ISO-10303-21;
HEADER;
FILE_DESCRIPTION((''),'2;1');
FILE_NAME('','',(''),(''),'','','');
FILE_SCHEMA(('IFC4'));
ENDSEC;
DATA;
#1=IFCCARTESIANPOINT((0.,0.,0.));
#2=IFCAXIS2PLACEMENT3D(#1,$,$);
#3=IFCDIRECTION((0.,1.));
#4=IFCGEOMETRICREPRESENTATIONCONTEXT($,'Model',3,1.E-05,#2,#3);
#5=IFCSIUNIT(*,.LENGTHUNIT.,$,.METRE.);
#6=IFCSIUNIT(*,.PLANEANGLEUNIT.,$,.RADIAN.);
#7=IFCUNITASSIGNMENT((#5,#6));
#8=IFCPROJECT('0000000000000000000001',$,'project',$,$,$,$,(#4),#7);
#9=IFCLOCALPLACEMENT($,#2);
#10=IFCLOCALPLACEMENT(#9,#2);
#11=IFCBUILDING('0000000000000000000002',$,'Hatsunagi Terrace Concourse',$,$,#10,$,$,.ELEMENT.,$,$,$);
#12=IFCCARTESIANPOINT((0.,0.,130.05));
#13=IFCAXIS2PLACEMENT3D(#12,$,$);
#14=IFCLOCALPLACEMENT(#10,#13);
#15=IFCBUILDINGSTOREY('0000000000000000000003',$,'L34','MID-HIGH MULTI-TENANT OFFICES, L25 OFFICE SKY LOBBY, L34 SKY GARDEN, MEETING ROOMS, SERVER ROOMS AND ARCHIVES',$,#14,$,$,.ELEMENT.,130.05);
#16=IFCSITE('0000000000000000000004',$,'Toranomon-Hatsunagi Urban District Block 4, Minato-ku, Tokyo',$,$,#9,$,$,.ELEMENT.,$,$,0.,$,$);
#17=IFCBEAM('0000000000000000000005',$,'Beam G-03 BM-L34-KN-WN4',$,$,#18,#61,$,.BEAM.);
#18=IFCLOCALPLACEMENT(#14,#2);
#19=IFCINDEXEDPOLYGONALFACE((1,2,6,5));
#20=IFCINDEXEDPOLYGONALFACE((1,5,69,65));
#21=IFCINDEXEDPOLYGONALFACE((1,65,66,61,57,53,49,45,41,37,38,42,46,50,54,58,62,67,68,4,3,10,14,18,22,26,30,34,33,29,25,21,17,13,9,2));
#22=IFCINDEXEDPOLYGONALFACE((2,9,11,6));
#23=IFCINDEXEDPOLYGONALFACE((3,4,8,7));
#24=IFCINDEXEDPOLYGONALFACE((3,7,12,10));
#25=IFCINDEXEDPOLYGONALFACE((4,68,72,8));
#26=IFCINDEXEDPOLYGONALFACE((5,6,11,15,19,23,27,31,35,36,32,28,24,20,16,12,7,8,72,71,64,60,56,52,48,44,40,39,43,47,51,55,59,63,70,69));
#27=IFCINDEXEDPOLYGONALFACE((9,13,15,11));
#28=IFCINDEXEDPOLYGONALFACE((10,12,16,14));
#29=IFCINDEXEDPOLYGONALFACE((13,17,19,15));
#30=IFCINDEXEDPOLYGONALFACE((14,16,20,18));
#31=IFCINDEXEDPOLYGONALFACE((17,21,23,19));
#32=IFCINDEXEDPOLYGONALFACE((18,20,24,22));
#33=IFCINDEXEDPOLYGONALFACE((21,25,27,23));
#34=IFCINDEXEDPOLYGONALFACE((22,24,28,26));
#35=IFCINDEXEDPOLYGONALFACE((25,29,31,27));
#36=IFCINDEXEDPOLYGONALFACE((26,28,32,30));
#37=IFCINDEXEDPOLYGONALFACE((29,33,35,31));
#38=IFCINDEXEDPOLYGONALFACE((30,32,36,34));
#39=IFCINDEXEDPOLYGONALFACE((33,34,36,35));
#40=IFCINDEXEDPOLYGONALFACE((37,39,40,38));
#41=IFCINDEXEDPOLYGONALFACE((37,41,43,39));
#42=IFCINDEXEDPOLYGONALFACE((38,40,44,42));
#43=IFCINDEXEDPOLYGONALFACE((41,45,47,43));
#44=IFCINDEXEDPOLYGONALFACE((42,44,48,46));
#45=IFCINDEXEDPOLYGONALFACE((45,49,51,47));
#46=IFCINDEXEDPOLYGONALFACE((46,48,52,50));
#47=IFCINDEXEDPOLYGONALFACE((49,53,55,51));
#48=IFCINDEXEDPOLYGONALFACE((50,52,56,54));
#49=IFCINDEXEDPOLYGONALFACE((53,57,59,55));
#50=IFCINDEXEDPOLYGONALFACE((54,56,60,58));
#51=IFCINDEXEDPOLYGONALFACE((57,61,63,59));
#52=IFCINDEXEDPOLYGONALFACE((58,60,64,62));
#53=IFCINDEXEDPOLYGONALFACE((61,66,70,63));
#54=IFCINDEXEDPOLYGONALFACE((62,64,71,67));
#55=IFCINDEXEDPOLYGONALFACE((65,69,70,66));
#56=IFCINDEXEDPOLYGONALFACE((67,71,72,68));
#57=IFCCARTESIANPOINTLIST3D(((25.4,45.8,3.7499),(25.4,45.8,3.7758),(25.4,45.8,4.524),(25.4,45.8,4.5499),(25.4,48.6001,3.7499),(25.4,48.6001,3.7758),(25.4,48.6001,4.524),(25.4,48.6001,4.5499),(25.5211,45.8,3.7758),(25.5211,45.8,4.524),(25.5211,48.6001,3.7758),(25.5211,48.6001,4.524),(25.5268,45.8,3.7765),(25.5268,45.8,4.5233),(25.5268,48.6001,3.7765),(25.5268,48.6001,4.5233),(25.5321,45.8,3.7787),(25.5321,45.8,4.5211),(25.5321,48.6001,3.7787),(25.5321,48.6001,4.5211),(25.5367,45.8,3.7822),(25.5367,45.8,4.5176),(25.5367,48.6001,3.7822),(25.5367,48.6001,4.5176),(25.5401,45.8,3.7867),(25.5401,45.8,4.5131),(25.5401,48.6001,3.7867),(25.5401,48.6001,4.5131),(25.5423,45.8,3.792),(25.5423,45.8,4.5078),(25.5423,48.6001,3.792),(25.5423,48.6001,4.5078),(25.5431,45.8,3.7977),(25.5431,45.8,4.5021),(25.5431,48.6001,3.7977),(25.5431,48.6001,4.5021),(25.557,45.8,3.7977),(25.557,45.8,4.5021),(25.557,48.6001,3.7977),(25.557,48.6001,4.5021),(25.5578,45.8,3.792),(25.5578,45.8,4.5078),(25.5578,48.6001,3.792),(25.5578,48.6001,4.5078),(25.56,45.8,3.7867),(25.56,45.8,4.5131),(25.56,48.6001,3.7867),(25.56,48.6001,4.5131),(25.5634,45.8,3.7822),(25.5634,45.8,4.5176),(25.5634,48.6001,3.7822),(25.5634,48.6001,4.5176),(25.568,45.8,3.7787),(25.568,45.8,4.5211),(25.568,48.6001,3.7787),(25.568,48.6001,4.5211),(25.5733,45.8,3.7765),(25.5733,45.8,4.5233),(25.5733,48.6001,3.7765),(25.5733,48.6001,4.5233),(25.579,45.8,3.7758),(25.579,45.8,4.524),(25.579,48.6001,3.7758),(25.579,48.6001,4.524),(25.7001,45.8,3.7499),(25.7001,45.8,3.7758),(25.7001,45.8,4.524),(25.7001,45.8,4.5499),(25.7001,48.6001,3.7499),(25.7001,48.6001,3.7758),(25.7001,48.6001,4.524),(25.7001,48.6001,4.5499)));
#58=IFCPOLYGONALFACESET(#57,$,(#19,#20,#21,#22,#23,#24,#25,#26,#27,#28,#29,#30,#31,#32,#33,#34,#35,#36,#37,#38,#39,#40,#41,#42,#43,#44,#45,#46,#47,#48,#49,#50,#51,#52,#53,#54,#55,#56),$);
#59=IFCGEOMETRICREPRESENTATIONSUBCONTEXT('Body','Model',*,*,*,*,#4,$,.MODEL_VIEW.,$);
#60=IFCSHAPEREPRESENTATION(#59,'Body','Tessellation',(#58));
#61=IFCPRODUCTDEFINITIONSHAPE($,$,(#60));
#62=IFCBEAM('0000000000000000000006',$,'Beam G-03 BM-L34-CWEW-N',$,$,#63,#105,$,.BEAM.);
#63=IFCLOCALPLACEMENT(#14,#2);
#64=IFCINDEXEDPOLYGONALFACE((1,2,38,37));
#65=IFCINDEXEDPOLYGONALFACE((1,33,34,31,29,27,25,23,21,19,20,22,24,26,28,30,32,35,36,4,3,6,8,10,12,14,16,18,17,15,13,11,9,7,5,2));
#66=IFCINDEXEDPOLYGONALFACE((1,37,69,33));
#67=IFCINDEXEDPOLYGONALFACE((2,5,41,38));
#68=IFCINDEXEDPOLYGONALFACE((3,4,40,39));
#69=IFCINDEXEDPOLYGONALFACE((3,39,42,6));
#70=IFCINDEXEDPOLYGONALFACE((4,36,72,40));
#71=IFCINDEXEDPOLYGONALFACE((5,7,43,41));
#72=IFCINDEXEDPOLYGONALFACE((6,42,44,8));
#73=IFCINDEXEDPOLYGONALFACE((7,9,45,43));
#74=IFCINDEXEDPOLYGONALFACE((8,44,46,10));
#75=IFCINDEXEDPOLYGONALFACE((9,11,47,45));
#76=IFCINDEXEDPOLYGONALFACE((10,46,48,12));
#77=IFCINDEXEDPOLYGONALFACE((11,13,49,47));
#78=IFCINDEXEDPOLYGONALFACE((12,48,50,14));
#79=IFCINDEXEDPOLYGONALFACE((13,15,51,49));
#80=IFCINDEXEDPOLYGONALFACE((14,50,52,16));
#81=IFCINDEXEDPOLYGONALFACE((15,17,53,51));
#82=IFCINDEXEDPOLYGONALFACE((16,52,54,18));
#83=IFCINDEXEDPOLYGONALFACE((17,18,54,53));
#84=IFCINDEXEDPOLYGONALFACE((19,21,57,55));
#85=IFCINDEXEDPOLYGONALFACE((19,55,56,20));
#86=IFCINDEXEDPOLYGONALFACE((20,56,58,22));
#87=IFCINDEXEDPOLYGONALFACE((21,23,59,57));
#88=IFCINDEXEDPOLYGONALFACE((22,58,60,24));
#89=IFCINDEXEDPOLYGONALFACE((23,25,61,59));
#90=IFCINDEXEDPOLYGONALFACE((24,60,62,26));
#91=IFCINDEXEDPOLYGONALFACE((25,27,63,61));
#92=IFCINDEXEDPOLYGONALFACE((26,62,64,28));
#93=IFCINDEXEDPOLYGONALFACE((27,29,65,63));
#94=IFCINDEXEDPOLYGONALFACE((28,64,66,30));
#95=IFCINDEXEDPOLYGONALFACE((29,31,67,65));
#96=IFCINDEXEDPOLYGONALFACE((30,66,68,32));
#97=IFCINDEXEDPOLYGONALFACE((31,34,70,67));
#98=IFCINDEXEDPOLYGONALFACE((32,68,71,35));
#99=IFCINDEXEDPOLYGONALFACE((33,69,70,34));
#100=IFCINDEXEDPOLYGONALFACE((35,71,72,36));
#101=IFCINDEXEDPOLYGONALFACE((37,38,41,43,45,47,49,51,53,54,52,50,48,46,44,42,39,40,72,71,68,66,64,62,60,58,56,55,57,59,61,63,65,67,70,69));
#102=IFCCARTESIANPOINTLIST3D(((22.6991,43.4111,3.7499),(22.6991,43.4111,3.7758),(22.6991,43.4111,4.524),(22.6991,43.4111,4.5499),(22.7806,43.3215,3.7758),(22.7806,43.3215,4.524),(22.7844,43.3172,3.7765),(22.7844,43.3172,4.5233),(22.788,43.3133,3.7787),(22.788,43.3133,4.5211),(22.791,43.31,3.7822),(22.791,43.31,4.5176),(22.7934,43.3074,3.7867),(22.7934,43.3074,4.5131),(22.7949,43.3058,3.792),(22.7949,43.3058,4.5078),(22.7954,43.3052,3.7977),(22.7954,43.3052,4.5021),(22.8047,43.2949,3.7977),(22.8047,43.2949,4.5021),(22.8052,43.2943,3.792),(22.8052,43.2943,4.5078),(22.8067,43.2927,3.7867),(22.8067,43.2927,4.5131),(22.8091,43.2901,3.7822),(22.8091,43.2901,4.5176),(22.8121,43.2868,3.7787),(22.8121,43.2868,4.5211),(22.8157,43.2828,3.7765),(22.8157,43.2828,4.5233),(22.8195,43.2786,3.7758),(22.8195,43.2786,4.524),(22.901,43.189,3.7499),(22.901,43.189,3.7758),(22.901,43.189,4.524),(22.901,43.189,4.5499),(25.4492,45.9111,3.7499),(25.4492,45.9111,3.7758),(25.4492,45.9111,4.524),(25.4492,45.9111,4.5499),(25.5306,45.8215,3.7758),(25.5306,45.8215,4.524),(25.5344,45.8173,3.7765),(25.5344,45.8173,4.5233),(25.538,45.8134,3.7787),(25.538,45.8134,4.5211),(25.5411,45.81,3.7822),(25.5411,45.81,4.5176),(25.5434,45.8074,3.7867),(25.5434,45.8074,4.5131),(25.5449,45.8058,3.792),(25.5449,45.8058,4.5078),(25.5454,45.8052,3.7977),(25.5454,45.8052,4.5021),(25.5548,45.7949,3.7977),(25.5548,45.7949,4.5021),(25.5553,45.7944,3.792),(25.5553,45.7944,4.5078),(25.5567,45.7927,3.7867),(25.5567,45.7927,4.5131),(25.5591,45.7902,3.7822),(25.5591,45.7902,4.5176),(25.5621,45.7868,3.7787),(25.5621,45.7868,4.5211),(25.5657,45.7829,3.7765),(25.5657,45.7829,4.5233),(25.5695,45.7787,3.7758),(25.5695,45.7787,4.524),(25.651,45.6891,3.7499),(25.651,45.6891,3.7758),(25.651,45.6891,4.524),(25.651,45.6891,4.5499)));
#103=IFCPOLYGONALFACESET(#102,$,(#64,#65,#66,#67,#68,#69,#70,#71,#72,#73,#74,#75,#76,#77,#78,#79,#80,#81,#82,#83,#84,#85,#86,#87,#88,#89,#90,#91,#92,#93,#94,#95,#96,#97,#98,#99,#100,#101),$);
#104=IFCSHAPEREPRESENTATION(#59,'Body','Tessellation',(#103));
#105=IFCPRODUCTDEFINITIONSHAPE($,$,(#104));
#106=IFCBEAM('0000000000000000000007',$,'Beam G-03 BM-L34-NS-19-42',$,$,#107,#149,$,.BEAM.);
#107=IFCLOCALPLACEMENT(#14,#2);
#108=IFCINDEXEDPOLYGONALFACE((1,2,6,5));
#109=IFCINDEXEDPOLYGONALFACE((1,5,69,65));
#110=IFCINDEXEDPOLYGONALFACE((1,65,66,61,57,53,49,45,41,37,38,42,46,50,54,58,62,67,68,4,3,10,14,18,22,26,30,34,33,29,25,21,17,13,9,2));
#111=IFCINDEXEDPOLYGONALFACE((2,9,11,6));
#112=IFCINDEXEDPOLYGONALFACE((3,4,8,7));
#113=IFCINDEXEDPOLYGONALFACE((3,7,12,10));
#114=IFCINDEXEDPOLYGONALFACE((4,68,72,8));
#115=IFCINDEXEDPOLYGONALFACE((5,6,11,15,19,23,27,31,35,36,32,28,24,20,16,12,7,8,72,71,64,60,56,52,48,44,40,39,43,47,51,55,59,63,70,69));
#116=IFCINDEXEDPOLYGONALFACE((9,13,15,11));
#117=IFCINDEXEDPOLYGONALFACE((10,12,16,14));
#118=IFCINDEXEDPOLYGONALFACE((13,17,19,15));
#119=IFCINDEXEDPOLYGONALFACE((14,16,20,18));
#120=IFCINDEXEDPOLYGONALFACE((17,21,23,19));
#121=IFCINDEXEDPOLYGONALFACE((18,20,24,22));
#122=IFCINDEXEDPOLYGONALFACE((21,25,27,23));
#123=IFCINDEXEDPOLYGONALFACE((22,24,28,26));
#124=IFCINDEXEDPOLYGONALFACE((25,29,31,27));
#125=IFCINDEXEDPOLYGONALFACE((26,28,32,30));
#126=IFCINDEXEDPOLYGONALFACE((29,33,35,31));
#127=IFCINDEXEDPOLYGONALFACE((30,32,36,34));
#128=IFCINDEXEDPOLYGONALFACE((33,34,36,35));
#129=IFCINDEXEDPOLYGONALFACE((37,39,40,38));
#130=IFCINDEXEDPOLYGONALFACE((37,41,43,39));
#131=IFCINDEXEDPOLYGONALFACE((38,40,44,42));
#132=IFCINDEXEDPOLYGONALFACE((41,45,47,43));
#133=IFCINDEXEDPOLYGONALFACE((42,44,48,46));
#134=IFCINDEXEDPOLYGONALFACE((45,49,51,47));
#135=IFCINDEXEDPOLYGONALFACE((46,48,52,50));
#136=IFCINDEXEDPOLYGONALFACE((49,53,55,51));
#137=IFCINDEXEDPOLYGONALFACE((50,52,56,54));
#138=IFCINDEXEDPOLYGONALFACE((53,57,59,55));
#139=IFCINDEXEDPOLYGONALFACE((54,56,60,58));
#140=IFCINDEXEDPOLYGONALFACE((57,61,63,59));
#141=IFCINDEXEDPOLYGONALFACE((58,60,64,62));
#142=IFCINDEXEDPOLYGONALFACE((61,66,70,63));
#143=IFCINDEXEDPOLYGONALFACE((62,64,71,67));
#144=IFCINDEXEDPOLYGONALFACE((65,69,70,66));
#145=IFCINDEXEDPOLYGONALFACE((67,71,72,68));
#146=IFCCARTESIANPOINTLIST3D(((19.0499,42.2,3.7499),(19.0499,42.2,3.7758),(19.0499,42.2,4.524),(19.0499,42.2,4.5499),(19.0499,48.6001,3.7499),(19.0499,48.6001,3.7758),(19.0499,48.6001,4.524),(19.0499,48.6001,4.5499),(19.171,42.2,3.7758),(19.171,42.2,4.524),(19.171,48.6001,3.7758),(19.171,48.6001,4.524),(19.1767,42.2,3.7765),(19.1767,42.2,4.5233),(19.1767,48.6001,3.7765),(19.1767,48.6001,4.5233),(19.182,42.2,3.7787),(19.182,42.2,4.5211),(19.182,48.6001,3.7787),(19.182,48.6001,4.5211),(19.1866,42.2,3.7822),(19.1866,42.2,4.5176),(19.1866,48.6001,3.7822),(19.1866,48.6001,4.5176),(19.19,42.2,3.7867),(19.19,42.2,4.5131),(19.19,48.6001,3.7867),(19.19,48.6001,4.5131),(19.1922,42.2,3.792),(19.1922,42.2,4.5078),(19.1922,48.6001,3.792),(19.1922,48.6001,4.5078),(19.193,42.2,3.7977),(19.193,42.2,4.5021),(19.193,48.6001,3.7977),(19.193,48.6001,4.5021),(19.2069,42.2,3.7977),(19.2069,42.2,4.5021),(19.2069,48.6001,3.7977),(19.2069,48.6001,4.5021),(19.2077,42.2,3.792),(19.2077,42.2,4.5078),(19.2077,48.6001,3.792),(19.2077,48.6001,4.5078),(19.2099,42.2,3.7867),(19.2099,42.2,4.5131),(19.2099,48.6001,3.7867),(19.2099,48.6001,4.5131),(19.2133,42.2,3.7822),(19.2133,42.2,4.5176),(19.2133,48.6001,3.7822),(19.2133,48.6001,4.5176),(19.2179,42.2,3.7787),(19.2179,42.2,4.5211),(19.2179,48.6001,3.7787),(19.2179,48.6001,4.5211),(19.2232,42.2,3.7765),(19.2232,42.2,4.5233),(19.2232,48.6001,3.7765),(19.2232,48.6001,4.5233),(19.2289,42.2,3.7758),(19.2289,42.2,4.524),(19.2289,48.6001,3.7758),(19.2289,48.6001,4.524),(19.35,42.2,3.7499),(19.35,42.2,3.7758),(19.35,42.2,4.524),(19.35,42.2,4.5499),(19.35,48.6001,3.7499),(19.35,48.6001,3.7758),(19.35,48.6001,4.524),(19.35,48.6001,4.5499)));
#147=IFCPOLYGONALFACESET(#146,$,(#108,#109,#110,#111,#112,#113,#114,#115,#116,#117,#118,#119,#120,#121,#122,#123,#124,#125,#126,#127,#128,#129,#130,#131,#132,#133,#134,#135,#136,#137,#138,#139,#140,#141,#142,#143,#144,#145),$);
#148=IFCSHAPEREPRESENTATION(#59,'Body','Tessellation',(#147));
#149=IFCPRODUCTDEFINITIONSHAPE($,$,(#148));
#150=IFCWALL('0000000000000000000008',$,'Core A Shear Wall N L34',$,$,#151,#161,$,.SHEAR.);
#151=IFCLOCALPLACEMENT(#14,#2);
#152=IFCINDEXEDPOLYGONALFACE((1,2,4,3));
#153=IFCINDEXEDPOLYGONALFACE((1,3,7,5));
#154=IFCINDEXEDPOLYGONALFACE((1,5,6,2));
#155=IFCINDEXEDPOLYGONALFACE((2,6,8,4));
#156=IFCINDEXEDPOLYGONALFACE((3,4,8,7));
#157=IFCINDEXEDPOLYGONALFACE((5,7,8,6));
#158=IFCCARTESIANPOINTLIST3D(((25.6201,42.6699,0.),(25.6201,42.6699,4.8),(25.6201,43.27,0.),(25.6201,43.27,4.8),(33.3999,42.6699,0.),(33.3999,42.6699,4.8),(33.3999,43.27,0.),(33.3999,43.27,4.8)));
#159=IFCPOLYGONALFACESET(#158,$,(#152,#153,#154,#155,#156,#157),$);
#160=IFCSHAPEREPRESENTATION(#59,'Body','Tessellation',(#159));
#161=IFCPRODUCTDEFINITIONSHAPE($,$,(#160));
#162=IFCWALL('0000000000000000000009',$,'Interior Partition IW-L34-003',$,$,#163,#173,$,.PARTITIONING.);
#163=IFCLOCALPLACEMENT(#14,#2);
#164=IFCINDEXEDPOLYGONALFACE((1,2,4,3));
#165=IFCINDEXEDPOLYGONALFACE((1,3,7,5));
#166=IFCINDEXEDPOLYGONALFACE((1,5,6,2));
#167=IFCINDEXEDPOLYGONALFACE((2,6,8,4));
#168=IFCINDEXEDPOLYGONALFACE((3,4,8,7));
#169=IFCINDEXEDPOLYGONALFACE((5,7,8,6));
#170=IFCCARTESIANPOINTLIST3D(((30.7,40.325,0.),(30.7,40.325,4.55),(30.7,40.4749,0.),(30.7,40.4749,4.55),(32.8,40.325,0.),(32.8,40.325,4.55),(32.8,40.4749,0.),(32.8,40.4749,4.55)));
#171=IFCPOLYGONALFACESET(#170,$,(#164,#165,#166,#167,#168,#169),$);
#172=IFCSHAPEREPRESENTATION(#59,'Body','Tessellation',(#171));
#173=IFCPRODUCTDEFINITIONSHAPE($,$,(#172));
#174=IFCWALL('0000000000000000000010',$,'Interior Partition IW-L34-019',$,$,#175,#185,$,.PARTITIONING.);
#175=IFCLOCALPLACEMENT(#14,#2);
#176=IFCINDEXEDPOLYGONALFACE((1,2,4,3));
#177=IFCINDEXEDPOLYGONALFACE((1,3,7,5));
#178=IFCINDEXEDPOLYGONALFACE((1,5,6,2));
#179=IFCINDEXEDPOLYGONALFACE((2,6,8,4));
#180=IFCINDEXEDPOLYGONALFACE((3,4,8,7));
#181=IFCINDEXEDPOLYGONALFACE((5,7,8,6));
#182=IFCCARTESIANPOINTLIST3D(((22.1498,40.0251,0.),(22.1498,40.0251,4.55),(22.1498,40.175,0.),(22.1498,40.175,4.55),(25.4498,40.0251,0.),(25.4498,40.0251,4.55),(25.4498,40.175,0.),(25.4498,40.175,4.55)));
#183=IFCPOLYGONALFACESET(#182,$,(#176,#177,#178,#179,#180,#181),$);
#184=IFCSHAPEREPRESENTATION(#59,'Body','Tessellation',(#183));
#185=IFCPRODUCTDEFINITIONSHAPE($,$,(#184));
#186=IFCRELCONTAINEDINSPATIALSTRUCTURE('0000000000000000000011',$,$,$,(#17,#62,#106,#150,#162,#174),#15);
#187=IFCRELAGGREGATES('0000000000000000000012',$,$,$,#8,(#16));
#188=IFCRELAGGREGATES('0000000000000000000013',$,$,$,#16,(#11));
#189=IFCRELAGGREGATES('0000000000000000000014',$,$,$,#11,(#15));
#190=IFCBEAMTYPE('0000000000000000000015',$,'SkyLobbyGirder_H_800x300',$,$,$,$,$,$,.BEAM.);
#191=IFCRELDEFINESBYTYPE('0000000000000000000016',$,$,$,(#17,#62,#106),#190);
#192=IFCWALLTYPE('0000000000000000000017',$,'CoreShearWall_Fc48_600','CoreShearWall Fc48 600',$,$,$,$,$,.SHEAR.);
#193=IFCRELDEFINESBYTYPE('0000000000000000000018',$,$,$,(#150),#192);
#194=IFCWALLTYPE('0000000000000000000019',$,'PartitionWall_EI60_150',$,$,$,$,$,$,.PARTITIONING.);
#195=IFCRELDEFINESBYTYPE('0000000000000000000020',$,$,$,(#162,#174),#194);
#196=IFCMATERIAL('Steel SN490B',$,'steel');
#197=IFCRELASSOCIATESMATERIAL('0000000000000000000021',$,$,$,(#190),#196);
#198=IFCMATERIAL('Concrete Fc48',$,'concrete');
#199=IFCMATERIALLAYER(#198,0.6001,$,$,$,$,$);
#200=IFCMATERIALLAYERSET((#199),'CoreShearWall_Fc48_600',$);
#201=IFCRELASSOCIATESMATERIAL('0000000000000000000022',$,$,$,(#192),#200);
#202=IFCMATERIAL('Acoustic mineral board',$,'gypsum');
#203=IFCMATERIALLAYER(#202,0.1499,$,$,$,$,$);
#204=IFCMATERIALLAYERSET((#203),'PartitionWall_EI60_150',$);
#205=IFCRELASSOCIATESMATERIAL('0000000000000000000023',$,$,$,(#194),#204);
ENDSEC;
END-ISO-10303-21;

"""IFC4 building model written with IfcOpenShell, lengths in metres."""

from ifc_helpers import new_model, si_unit, direction, frame, frame_2d, origin, origin_2d, place, context, subcontext, project, spatial, rectangle, i_section, extrude, material, layer, layer_set, material_profile, profile_set, type_object, element, save


model = new_model("IFC4")

# Units and contexts
model_context = context("Model", 3, precision=1e-05, world=origin(), true_north=direction((0.0, 1.0)))
body_context = subcontext(model_context, "Body", "Model", "MODEL_VIEW")
ifc_project = project(units=[si_unit("LENGTHUNIT", "METRE"), si_unit("PLANEANGLEUNIT", "RADIAN")], contexts=[model_context])

# Site, building, storey
site_placement = place(None, origin())
site = spatial("IfcSite", under=ifc_project, at=site_placement, Name="Toranomon-Hatsunagi Urban District Block 4, Minato-ku, Tokyo", CompositionType="ELEMENT", RefElevation=0.0)
building_placement = place(site_placement, origin())
building = spatial("IfcBuilding", under=site, at=building_placement, Name="Hatsunagi Terrace Concourse", CompositionType="ELEMENT")
storey_placement = place(building_placement, frame((0.0, 0.0, 130.05)))
storey = spatial("IfcBuildingStorey", under=building, at=storey_placement, Name="L34", Description="MID-HIGH MULTI-TENANT OFFICES, L25 OFFICE SKY LOBBY, L34 SKY GARDEN, MEETING ROOMS, SERVER ROOMS AND ARCHIVES", CompositionType="ELEMENT", Elevation=130.05)

# Beams
ifc_material_1 = material(Name="Steel SN490B", Category="steel")
ifc_material_profile_1 = material_profile(ifc_material_1, i_section(OverallWidth=0.3, OverallDepth=0.8, WebThickness=0.0139, FlangeThickness=0.0259, FilletRadius=0.022, at=origin_2d()), Name="H-800x300x14x26")
ifc_profile_set_1 = profile_set([ifc_material_profile_1], Name="Steel SN490B")
beam_type_1 = type_object("IfcBeamType", Name="SkyLobbyGirder_H_800x300", PredefinedType="BEAM", material=ifc_profile_set_1)
beam_1_placement = place(storey_placement, frame((25.55, 45.8, 4.1499), z_axis=(0.0, 1.0, 0.0), x_axis=(-1.0, 0.0, 0.0)))
element("IfcBeam", 1, at=beam_1_placement, inside=storey, type_object=beam_type_1, Name="Beam G-03 BM-L34-KN-WN4", PredefinedType="BEAM", context=body_context, shape_type="SweptSolid", body=[
    extrude(i_section(OverallWidth=0.3, OverallDepth=0.8, WebThickness=0.0139, FlangeThickness=0.0259, FilletRadius=0.022, at=origin_2d()), origin(), (0.0, 0.0, 1.0), 2.8),
])
beam_2_placement = place(storey_placement, frame((22.8, 43.3, 4.1499), z_axis=(0.73994, 0.672673, 0.0), x_axis=(-0.672673, 0.73994, 0.0)))
element("IfcBeam", 2, at=beam_2_placement, inside=storey, type_object=beam_type_1, Name="Beam G-03 BM-L34-CWEW-N", PredefinedType="BEAM", context=body_context, shape_type="SweptSolid", body=[
    extrude(i_section(OverallWidth=0.3, OverallDepth=0.8, WebThickness=0.0139, FlangeThickness=0.0259, FilletRadius=0.022, at=origin_2d()), origin(), (0.0, 0.0, 1.0), 3.7166),
])
beam_3_placement = place(storey_placement, frame((19.2, 42.2, 4.1499), z_axis=(0.0, 1.0, 0.0), x_axis=(-1.0, 0.0, 0.0)))
element("IfcBeam", 3, at=beam_3_placement, inside=storey, type_object=beam_type_1, Name="Beam G-03 BM-L34-NS-19-42", PredefinedType="BEAM", context=body_context, shape_type="SweptSolid", body=[
    extrude(i_section(OverallWidth=0.3, OverallDepth=0.8, WebThickness=0.0139, FlangeThickness=0.0259, FilletRadius=0.022, at=origin_2d()), origin(), (0.0, 0.0, 1.0), 6.4001),
])

# Walls
ifc_material_2 = material(Name="Concrete Fc48", Category="concrete")
ifc_layer_1 = layer(ifc_material_2, 0.6001)
ifc_layer_set_1 = layer_set([ifc_layer_1], Name="CoreShearWall_Fc48_600")
wall_type_1 = type_object("IfcWallType", Name="CoreShearWall_Fc48_600", Description="CoreShearWall Fc48 600", PredefinedType="SHEAR", material=ifc_layer_set_1)
wall_1_placement = place(storey_placement, frame((25.6201, 42.97, 0.0), z_axis=(0.0, 0.0, 1.0), x_axis=(1.0, 0.0, 0.0)))
element("IfcWall", 4, at=wall_1_placement, inside=storey, type_object=wall_type_1, Name="Core A Shear Wall N L34", PredefinedType="SHEAR", context=body_context, shape_type="SweptSolid", body=[
    extrude(rectangle(XDim=7.7798, YDim=0.6001, at=frame_2d((3.8899, 0.0))), origin(), (0.0, 0.0, 1.0), 4.8),
])
ifc_material_3 = material(Name="Acoustic mineral board", Category="gypsum")
ifc_layer_2 = layer(ifc_material_3, 0.1499)
ifc_layer_set_2 = layer_set([ifc_layer_2], Name="PartitionWall_EI60_150")
wall_type_2 = type_object("IfcWallType", Name="PartitionWall_EI60_150", PredefinedType="PARTITIONING", material=ifc_layer_set_2)
wall_2_placement = place(storey_placement, frame((30.7, 40.3999, 0.0), z_axis=(0.0, 0.0, 1.0), x_axis=(1.0, 0.0, 0.0)))
element("IfcWall", 5, at=wall_2_placement, inside=storey, type_object=wall_type_2, Name="Interior Partition IW-L34-003", PredefinedType="PARTITIONING", context=body_context, shape_type="SweptSolid", body=[
    extrude(rectangle(XDim=2.1001, YDim=0.1499, at=frame_2d((1.05, 0.0))), origin(), (0.0, 0.0, 1.0), 4.55),
])
wall_3_placement = place(storey_placement, frame((22.1499, 40.1001, 0.0), z_axis=(0.0, 0.0, 1.0), x_axis=(1.0, 0.0, 0.0)))
element("IfcWall", 6, at=wall_3_placement, inside=storey, type_object=wall_type_2, Name="Interior Partition IW-L34-019", PredefinedType="PARTITIONING", context=body_context, shape_type="SweptSolid", body=[
    extrude(rectangle(XDim=3.3, YDim=0.1499, at=frame_2d((1.6499, 0.0))), origin(), (0.0, 0.0, 1.0), 4.55),
])

save(model, "model.ifc")
